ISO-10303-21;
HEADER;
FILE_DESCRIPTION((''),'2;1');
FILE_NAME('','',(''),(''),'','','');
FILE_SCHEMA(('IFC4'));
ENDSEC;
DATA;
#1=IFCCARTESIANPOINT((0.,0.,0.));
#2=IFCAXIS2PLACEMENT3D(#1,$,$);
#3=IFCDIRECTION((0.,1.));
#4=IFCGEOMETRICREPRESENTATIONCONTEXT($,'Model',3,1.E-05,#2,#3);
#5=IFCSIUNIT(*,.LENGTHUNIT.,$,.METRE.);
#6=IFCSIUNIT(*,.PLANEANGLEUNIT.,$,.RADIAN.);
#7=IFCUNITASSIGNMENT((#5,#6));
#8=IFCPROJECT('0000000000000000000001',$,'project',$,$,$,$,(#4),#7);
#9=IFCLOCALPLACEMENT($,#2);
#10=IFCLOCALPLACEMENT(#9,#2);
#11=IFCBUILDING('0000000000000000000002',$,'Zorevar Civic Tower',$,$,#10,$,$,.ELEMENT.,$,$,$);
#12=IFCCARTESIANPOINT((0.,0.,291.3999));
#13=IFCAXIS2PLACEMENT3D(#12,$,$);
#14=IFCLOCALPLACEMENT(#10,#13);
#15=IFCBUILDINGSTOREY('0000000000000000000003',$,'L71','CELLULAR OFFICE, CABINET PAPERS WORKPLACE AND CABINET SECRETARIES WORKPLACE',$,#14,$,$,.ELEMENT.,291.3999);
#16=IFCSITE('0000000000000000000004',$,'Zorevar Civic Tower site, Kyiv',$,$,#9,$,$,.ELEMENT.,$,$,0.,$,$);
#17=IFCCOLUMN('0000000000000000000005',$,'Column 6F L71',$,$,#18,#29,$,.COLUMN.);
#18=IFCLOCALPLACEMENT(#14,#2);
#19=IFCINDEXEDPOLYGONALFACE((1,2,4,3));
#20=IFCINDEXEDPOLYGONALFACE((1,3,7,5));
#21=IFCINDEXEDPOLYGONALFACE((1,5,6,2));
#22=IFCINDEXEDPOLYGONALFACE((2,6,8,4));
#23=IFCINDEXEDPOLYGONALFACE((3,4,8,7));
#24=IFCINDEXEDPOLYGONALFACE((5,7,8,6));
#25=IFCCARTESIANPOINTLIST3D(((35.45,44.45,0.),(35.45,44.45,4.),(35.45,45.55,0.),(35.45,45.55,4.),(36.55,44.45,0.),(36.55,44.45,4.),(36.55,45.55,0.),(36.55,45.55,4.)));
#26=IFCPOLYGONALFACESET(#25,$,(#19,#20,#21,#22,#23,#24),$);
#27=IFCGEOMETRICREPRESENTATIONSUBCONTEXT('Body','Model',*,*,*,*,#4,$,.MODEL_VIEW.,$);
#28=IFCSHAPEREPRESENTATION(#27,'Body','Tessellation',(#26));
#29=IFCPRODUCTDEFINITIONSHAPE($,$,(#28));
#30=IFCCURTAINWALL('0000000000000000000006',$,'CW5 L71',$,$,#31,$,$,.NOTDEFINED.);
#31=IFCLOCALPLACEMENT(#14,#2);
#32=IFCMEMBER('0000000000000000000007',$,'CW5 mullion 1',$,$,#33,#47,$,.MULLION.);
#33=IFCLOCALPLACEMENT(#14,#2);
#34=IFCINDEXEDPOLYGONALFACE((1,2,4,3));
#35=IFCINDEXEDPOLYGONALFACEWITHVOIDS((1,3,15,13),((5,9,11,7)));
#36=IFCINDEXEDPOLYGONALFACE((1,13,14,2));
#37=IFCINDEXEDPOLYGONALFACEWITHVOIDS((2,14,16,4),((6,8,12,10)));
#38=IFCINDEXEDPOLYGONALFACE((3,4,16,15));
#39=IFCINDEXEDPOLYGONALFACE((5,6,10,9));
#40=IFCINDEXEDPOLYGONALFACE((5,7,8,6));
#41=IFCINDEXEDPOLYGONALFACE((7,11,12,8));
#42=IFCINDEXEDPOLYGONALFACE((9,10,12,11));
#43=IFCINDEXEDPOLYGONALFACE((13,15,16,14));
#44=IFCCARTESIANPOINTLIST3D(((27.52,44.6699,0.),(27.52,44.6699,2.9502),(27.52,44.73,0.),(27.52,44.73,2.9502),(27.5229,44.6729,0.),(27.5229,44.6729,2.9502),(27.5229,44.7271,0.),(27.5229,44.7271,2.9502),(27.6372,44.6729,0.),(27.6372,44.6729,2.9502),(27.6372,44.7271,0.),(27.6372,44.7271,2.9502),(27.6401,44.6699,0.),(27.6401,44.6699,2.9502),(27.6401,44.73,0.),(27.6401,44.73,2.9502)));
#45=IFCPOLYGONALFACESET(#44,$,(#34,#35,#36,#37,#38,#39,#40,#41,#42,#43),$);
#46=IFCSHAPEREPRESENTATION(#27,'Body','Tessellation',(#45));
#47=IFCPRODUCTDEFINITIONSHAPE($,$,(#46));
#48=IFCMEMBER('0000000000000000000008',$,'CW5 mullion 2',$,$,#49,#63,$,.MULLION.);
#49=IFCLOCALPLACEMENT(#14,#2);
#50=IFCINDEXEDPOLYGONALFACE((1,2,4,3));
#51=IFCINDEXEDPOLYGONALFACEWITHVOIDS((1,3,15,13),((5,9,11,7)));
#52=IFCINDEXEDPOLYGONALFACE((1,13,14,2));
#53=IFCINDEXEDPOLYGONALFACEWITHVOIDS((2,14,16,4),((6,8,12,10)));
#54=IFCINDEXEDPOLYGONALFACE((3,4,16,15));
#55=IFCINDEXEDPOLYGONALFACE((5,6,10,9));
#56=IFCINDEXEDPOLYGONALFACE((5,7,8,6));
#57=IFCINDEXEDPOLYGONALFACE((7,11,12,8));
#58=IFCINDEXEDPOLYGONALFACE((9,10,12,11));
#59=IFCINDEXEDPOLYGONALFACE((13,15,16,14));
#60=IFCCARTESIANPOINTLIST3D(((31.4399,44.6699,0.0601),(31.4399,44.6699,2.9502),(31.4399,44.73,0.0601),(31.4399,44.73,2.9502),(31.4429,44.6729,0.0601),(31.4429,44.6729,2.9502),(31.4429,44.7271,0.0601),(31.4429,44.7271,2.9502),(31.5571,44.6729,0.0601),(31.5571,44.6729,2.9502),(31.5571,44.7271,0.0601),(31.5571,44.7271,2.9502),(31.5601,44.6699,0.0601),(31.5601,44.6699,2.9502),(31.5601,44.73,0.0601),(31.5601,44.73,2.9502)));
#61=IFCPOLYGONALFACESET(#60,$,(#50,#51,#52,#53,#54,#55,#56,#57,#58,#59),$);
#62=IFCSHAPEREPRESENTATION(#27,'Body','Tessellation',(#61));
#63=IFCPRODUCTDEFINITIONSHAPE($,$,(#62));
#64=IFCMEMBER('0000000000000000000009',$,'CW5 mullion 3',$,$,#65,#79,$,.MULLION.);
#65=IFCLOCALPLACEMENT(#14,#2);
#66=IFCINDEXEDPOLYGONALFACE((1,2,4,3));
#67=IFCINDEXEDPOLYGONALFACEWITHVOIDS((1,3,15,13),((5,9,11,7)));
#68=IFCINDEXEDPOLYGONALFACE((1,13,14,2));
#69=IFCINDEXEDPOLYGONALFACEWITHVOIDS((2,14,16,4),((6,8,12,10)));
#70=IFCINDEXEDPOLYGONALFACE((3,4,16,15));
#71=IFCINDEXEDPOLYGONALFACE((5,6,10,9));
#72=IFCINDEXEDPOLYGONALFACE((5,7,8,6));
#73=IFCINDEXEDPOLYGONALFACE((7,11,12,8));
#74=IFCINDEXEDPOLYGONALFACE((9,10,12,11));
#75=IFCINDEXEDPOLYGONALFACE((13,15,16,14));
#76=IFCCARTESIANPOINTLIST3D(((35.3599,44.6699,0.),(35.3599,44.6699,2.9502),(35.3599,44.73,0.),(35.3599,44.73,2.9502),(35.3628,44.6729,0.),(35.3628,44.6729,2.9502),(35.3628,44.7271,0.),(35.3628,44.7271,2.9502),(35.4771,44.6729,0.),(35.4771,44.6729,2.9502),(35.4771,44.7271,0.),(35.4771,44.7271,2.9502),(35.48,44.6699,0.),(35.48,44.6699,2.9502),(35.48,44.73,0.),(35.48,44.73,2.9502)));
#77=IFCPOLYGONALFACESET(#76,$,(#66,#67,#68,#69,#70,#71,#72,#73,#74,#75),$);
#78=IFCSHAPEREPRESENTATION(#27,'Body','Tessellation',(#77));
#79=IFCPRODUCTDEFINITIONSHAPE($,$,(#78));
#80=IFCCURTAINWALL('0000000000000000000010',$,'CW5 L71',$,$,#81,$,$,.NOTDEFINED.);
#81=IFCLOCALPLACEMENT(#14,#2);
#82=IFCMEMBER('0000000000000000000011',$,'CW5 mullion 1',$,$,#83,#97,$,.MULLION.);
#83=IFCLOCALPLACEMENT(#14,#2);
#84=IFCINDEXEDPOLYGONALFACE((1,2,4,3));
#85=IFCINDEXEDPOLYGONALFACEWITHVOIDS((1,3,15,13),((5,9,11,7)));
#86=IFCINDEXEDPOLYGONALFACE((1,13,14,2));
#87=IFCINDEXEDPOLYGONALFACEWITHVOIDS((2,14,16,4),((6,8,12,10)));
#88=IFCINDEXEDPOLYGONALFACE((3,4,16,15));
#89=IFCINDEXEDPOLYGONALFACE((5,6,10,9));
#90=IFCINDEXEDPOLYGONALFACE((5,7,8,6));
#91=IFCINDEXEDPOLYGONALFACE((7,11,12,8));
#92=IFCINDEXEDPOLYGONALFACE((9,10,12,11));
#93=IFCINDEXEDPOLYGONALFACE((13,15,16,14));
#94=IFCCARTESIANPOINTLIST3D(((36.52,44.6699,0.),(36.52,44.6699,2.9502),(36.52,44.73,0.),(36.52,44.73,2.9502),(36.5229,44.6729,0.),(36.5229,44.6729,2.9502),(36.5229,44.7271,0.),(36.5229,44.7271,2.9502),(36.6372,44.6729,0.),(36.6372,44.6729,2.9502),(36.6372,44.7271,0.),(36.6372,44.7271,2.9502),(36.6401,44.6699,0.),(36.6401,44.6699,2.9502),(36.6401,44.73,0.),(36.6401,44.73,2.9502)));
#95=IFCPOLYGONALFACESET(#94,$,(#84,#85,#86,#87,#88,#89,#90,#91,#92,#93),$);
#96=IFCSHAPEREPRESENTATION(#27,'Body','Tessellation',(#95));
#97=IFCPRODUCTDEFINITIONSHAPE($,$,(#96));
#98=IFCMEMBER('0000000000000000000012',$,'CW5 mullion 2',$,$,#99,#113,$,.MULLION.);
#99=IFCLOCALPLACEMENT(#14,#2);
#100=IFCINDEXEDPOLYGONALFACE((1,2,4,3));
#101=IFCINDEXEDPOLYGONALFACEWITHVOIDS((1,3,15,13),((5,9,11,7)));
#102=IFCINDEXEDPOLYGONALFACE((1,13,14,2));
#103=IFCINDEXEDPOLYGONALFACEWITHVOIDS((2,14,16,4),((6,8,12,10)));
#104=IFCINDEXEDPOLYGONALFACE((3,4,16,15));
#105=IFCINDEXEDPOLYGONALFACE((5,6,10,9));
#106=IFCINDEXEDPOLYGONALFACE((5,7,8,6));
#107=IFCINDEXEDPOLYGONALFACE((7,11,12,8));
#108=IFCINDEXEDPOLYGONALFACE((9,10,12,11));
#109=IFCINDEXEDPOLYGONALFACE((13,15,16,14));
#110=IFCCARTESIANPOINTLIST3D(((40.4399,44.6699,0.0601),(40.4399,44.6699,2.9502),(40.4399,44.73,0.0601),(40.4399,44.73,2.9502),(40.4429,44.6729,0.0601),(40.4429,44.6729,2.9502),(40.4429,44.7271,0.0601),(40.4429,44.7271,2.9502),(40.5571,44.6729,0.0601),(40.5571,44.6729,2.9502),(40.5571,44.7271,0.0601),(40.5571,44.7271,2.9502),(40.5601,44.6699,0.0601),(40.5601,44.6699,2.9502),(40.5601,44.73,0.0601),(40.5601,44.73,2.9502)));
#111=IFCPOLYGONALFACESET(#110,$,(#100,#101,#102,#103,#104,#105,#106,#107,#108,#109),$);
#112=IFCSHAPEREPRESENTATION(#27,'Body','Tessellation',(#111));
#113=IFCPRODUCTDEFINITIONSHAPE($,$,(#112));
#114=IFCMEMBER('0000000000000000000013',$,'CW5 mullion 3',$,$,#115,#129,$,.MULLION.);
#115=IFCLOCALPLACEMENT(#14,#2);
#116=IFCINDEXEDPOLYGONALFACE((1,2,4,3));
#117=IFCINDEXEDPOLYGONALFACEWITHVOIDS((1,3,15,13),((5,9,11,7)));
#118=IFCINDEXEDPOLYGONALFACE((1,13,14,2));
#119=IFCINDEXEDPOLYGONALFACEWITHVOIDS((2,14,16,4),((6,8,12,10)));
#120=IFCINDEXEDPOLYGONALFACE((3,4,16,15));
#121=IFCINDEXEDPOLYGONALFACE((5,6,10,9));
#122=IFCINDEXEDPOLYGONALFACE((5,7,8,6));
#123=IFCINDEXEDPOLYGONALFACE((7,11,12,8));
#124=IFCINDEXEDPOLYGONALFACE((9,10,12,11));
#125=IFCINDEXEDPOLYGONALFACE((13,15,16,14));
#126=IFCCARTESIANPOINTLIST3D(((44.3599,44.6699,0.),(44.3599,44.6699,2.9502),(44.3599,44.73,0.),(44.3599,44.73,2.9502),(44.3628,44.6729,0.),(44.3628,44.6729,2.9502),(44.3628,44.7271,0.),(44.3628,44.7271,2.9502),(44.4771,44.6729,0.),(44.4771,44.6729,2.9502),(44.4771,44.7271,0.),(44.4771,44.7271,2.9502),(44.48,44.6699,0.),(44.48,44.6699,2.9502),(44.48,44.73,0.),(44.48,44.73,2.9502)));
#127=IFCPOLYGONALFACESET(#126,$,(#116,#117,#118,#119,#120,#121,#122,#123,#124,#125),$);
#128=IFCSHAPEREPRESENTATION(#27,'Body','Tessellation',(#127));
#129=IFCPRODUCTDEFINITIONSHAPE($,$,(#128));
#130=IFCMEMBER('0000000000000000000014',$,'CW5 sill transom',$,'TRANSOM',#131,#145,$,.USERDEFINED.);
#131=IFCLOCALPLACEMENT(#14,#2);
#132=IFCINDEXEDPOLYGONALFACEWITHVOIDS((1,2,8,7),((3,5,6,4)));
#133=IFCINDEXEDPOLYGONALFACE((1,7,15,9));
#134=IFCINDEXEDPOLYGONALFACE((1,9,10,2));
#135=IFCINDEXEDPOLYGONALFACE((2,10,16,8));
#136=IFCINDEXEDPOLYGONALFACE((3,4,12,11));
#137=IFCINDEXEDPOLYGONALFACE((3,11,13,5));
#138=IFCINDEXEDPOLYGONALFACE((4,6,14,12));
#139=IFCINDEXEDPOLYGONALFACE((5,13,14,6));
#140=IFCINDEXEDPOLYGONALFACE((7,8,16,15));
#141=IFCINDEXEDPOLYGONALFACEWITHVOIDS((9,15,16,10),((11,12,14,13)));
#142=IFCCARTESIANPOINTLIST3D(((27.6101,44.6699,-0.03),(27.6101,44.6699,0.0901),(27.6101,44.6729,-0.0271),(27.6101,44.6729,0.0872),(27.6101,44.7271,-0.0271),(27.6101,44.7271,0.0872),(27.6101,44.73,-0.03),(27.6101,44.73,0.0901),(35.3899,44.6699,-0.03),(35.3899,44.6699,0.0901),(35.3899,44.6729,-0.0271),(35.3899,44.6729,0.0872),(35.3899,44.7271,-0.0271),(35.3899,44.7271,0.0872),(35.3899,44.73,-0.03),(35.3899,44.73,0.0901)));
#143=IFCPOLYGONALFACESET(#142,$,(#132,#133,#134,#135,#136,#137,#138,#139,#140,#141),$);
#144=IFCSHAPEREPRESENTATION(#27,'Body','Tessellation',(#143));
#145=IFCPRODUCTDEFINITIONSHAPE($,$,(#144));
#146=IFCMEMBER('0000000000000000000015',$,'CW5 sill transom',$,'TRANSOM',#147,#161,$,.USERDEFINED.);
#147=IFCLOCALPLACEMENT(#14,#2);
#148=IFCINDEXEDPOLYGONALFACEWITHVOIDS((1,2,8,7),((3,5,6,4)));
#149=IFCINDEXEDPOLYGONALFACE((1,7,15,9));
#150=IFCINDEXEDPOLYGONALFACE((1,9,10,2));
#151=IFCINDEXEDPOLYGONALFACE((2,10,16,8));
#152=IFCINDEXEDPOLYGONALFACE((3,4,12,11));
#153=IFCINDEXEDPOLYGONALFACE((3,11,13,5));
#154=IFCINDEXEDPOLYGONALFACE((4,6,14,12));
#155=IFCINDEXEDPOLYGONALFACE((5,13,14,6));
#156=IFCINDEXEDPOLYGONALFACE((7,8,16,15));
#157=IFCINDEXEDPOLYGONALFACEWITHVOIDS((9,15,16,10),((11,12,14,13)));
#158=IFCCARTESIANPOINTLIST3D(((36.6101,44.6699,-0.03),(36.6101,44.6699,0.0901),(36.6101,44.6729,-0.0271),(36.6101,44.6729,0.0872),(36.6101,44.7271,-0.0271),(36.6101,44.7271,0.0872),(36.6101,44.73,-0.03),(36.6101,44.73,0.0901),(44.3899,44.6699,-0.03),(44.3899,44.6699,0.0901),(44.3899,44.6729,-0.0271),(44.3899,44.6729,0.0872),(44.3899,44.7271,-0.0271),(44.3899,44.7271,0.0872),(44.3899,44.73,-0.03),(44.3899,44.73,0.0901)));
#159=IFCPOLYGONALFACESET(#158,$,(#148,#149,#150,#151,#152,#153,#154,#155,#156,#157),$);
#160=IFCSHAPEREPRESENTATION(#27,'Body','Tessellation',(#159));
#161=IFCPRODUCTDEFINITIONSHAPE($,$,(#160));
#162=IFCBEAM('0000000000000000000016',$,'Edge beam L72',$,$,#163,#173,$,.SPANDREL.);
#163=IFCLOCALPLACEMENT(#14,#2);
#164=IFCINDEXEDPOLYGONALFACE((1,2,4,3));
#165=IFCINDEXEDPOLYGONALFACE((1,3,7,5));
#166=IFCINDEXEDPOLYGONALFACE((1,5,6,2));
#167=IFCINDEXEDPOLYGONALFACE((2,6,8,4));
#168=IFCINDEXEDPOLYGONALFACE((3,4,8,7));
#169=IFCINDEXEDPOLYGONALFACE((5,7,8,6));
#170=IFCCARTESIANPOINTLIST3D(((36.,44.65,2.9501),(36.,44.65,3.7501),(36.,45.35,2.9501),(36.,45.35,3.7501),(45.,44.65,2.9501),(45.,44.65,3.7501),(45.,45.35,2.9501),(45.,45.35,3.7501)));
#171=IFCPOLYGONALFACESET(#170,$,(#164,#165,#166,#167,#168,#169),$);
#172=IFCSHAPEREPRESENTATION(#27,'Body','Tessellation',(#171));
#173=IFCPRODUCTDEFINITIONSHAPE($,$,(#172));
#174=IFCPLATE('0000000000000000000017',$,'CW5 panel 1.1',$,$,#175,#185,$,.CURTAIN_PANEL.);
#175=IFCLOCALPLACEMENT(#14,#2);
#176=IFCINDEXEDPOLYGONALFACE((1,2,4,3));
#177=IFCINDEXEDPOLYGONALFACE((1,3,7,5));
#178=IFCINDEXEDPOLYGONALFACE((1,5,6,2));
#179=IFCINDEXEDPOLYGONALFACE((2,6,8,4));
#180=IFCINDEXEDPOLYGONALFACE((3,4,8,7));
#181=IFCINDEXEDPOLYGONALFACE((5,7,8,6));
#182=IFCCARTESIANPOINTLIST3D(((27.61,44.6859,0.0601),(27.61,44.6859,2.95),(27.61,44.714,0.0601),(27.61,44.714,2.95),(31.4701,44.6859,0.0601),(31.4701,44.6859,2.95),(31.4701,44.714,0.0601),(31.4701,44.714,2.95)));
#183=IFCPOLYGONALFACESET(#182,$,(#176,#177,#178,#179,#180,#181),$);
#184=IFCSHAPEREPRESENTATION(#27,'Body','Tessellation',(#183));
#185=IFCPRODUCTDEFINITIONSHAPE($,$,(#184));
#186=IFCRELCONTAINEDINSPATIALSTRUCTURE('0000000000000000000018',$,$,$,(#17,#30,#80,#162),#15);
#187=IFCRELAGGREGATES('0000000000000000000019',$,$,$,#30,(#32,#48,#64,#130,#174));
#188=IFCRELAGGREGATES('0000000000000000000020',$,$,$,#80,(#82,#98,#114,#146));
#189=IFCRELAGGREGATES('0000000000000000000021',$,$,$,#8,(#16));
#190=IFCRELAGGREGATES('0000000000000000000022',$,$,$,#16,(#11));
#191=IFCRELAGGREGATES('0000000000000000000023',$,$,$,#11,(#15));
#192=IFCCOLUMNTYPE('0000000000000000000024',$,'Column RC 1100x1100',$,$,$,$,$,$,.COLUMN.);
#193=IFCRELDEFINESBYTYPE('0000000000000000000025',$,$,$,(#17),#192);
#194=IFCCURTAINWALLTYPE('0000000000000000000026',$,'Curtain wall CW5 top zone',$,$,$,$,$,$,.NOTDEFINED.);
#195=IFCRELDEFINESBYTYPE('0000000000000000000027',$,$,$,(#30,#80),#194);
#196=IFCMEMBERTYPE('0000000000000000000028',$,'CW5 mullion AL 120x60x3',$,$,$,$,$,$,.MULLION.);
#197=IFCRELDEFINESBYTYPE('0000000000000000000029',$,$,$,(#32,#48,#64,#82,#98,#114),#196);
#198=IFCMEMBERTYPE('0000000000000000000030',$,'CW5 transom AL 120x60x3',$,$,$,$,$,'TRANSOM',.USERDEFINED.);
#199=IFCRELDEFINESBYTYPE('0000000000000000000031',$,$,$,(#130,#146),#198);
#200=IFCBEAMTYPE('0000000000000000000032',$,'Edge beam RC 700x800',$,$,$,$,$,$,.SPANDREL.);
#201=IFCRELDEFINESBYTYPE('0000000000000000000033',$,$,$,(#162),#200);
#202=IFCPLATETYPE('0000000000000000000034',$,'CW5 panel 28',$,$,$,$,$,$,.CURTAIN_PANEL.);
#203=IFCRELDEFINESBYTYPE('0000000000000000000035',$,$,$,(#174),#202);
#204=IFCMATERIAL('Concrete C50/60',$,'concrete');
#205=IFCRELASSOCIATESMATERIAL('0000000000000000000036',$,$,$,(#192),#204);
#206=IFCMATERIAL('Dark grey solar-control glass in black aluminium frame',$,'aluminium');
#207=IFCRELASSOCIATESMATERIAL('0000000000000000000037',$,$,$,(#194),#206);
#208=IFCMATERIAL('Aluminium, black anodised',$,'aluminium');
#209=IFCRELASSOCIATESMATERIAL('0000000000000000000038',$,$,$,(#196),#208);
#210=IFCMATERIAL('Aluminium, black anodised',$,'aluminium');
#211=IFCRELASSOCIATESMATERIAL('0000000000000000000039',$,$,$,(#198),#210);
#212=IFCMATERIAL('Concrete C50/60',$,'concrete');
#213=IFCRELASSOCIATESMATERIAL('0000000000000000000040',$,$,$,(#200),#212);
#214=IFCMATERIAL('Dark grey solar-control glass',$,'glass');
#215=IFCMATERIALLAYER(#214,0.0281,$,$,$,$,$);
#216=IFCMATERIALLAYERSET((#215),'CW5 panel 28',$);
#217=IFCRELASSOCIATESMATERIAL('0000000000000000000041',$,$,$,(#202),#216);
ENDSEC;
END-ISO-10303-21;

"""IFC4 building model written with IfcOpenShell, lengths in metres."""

from ifc_helpers import new_model, si_unit, direction, frame, origin, origin_2d, place, context, subcontext, project, spatial, rectangle, hollow_rectangle, extrude, material, layer, layer_set, material_profile, profile_set, type_object, element, aggregate, save


model = new_model("IFC4")

# Units and contexts
model_context = context("Model", 3, precision=1e-05, world=origin(), true_north=direction((0.0, 1.0)))
body_context = subcontext(model_context, "Body", "Model", "MODEL_VIEW")
ifc_project = project(units=[si_unit("LENGTHUNIT", "METRE"), si_unit("PLANEANGLEUNIT", "RADIAN")], contexts=[model_context])

# Site, building, storey
site_placement = place(None, origin())
site = spatial("IfcSite", under=ifc_project, at=site_placement, Name="Zorevar Civic Tower site, Kyiv", CompositionType="ELEMENT", RefElevation=0.0)
building_placement = place(site_placement, origin())
building = spatial("IfcBuilding", under=site, at=building_placement, Name="Zorevar Civic Tower", CompositionType="ELEMENT")
storey_placement = place(building_placement, frame((0.0, 0.0, 291.3999)))
storey = spatial("IfcBuildingStorey", under=building, at=storey_placement, Name="L71", Description="CELLULAR OFFICE, CABINET PAPERS WORKPLACE AND CABINET SECRETARIES WORKPLACE", CompositionType="ELEMENT", Elevation=291.3999)

# Column
ifc_material_1 = material(Name="Concrete C50/60", Category="concrete")
ifc_material_profile_1 = material_profile(ifc_material_1, rectangle(XDim=1.1001, YDim=1.1001, at=origin_2d()), Name="RC 1100x1100")
ifc_profile_set_1 = profile_set([ifc_material_profile_1], Name="Concrete C50/60")
column_type = type_object("IfcColumnType", Name="Column RC 1100x1100", PredefinedType="COLUMN", material=ifc_profile_set_1)
column_placement = place(storey_placement, frame((36.0, 45.0, 0.0), z_axis=(0.0, 0.0, 1.0), x_axis=(1.0, 0.0, 0.0)))
element("IfcColumn", 1, at=column_placement, inside=storey, type_object=column_type, Name="Column 6F L71", PredefinedType="COLUMN", context=body_context, shape_type="SweptSolid", body=[
    extrude(rectangle(XDim=1.1001, YDim=1.1001, at=origin_2d()), origin(), (0.0, 0.0, 1.0), 4.0),
])

# Curtain walls, members
ifc_material_2 = material(Name="Dark grey solar-control glass in black aluminium frame", Category="aluminium")
curtain_wall_type = type_object("IfcCurtainWallType", Name="Curtain wall CW5 top zone", PredefinedType="NOTDEFINED", material=ifc_material_2)
curtain_wall_1_placement = place(storey_placement, origin())
curtain_wall_1 = element("IfcCurtainWall", 2, at=curtain_wall_1_placement, inside=storey, type_object=curtain_wall_type, Name="CW5 L71", PredefinedType="NOTDEFINED")
ifc_material_3 = material(Name="Aluminium, black anodised", Category="aluminium")
ifc_material_profile_2 = material_profile(ifc_material_3, hollow_rectangle(XDim=0.0601, YDim=0.1201, WallThickness=0.0029, at=origin_2d()), Name="AL 120x60x3")
ifc_profile_set_2 = profile_set([ifc_material_profile_2], Name="Aluminium, black anodised")
member_type_1 = type_object("IfcMemberType", Name="CW5 mullion AL 120x60x3", PredefinedType="MULLION", material=ifc_profile_set_2)
member_1_placement = place(storey_placement, frame((27.5801, 44.7, 0.0), z_axis=(0.0, 0.0, 1.0), x_axis=(0.0, 1.0, 0.0)))
member_1 = element("IfcMember", 3, at=member_1_placement, type_object=member_type_1, Name="CW5 mullion 1", PredefinedType="MULLION", context=body_context, shape_type="SweptSolid", body=[
    extrude(hollow_rectangle(XDim=0.0601, YDim=0.1201, WallThickness=0.0029, at=origin_2d()), origin(), (0.0, 0.0, 1.0), 2.9502),
])
member_2_placement = place(storey_placement, frame((31.5, 44.7, 0.0601), z_axis=(0.0, 0.0, 1.0), x_axis=(0.0, 1.0, 0.0)))
member_2 = element("IfcMember", 4, at=member_2_placement, type_object=member_type_1, Name="CW5 mullion 2", PredefinedType="MULLION", context=body_context, shape_type="SweptSolid", body=[
    extrude(hollow_rectangle(XDim=0.0601, YDim=0.1201, WallThickness=0.0029, at=origin_2d()), origin(), (0.0, 0.0, 1.0), 2.8901),
])
member_3_placement = place(storey_placement, frame((35.4199, 44.7, 0.0), z_axis=(0.0, 0.0, 1.0), x_axis=(0.0, 1.0, 0.0)))
member_3 = element("IfcMember", 5, at=member_3_placement, type_object=member_type_1, Name="CW5 mullion 3", PredefinedType="MULLION", context=body_context, shape_type="SweptSolid", body=[
    extrude(hollow_rectangle(XDim=0.0601, YDim=0.1201, WallThickness=0.0029, at=origin_2d()), origin(), (0.0, 0.0, 1.0), 2.9502),
])
curtain_wall_2_placement = place(storey_placement, origin())
curtain_wall_2 = element("IfcCurtainWall", 6, at=curtain_wall_2_placement, inside=storey, type_object=curtain_wall_type, Name="CW5 L71", PredefinedType="NOTDEFINED")
member_4_placement = place(storey_placement, frame((36.5801, 44.7, 0.0), z_axis=(0.0, 0.0, 1.0), x_axis=(0.0, 1.0, 0.0)))
member_4 = element("IfcMember", 7, at=member_4_placement, type_object=member_type_1, Name="CW5 mullion 1", PredefinedType="MULLION", context=body_context, shape_type="SweptSolid", body=[
    extrude(hollow_rectangle(XDim=0.0601, YDim=0.1201, WallThickness=0.0029, at=origin_2d()), origin(), (0.0, 0.0, 1.0), 2.9502),
])
member_5_placement = place(storey_placement, frame((40.5, 44.7, 0.0601), z_axis=(0.0, 0.0, 1.0), x_axis=(0.0, 1.0, 0.0)))
member_5 = element("IfcMember", 8, at=member_5_placement, type_object=member_type_1, Name="CW5 mullion 2", PredefinedType="MULLION", context=body_context, shape_type="SweptSolid", body=[
    extrude(hollow_rectangle(XDim=0.0601, YDim=0.1201, WallThickness=0.0029, at=origin_2d()), origin(), (0.0, 0.0, 1.0), 2.8901),
])
member_6_placement = place(storey_placement, frame((44.4199, 44.7, 0.0), z_axis=(0.0, 0.0, 1.0), x_axis=(0.0, 1.0, 0.0)))
member_6 = element("IfcMember", 9, at=member_6_placement, type_object=member_type_1, Name="CW5 mullion 3", PredefinedType="MULLION", context=body_context, shape_type="SweptSolid", body=[
    extrude(hollow_rectangle(XDim=0.0601, YDim=0.1201, WallThickness=0.0029, at=origin_2d()), origin(), (0.0, 0.0, 1.0), 2.9502),
])

# Members
ifc_material_4 = material(Name="Aluminium, black anodised", Category="aluminium")
ifc_material_profile_3 = material_profile(ifc_material_4, hollow_rectangle(XDim=0.0601, YDim=0.1201, WallThickness=0.0029, at=origin_2d()), Name="AL 120x60x3")
ifc_profile_set_3 = profile_set([ifc_material_profile_3], Name="Aluminium, black anodised")
member_type_2 = type_object("IfcMemberType", Name="CW5 transom AL 120x60x3", ElementType="TRANSOM", PredefinedType="USERDEFINED", material=ifc_profile_set_3)
member_7_placement = place(storey_placement, frame((27.6101, 44.7, 0.03), z_axis=(1.0, 0.0, 0.0), x_axis=(0.0, 1.0, 0.0)))
member_7 = element("IfcMember", 10, at=member_7_placement, type_object=member_type_2, Name="CW5 sill transom", ObjectType="TRANSOM", PredefinedType="USERDEFINED", context=body_context, shape_type="SweptSolid", body=[
    extrude(hollow_rectangle(XDim=0.0601, YDim=0.1201, WallThickness=0.0029, at=origin_2d()), origin(), (0.0, 0.0, 1.0), 7.7798),
])
member_8_placement = place(storey_placement, frame((36.6101, 44.7, 0.03), z_axis=(1.0, 0.0, 0.0), x_axis=(0.0, 1.0, 0.0)))
member_8 = element("IfcMember", 11, at=member_8_placement, type_object=member_type_2, Name="CW5 sill transom", ObjectType="TRANSOM", PredefinedType="USERDEFINED", context=body_context, shape_type="SweptSolid", body=[
    extrude(hollow_rectangle(XDim=0.0601, YDim=0.1201, WallThickness=0.0029, at=origin_2d()), origin(), (0.0, 0.0, 1.0), 7.7798),
])

# Beam
ifc_material_5 = material(Name="Concrete C50/60", Category="concrete")
ifc_material_profile_4 = material_profile(ifc_material_5, rectangle(XDim=0.7, YDim=0.8, at=origin_2d()), Name="RC 700x800")
ifc_profile_set_4 = profile_set([ifc_material_profile_4], Name="Concrete C50/60")
beam_type = type_object("IfcBeamType", Name="Edge beam RC 700x800", PredefinedType="SPANDREL", material=ifc_profile_set_4)
beam_placement = place(storey_placement, frame((36.0, 45.0, 3.3501), z_axis=(1.0, 0.0, 0.0), x_axis=(0.0, 1.0, 0.0)))
element("IfcBeam", 12, at=beam_placement, inside=storey, type_object=beam_type, Name="Edge beam L72", PredefinedType="SPANDREL", context=body_context, shape_type="SweptSolid", body=[
    extrude(rectangle(XDim=0.7, YDim=0.8, at=origin_2d()), origin(), (0.0, 0.0, 1.0), 9.0),
])

# Plate
ifc_material_6 = material(Name="Dark grey solar-control glass", Category="glass")
ifc_layer_1 = layer(ifc_material_6, 0.0281)
ifc_layer_set_1 = layer_set([ifc_layer_1], Name="CW5 panel 28")
plate_type = type_object("IfcPlateType", Name="CW5 panel 28", PredefinedType="CURTAIN_PANEL", material=ifc_layer_set_1)
plate_1_placement = place(storey_placement, frame((29.54, 44.7, 0.0601), z_axis=(0.0, 0.0, 1.0), x_axis=(1.0, 0.0, 0.0)))
plate_1 = element("IfcPlate", 13, at=plate_1_placement, type_object=plate_type, Name="CW5 panel 1.1", PredefinedType="CURTAIN_PANEL", context=body_context, shape_type="SweptSolid", body=[
    extrude(rectangle(XDim=3.8601, YDim=0.0281, at=origin_2d()), origin(), (0.0, 0.0, 1.0), 2.8899),
])
aggregate(curtain_wall_1, [member_1, member_2, member_3, member_7, plate_1])
aggregate(curtain_wall_2, [member_4, member_5, member_6, member_8])

save(model, "model.ifc")
